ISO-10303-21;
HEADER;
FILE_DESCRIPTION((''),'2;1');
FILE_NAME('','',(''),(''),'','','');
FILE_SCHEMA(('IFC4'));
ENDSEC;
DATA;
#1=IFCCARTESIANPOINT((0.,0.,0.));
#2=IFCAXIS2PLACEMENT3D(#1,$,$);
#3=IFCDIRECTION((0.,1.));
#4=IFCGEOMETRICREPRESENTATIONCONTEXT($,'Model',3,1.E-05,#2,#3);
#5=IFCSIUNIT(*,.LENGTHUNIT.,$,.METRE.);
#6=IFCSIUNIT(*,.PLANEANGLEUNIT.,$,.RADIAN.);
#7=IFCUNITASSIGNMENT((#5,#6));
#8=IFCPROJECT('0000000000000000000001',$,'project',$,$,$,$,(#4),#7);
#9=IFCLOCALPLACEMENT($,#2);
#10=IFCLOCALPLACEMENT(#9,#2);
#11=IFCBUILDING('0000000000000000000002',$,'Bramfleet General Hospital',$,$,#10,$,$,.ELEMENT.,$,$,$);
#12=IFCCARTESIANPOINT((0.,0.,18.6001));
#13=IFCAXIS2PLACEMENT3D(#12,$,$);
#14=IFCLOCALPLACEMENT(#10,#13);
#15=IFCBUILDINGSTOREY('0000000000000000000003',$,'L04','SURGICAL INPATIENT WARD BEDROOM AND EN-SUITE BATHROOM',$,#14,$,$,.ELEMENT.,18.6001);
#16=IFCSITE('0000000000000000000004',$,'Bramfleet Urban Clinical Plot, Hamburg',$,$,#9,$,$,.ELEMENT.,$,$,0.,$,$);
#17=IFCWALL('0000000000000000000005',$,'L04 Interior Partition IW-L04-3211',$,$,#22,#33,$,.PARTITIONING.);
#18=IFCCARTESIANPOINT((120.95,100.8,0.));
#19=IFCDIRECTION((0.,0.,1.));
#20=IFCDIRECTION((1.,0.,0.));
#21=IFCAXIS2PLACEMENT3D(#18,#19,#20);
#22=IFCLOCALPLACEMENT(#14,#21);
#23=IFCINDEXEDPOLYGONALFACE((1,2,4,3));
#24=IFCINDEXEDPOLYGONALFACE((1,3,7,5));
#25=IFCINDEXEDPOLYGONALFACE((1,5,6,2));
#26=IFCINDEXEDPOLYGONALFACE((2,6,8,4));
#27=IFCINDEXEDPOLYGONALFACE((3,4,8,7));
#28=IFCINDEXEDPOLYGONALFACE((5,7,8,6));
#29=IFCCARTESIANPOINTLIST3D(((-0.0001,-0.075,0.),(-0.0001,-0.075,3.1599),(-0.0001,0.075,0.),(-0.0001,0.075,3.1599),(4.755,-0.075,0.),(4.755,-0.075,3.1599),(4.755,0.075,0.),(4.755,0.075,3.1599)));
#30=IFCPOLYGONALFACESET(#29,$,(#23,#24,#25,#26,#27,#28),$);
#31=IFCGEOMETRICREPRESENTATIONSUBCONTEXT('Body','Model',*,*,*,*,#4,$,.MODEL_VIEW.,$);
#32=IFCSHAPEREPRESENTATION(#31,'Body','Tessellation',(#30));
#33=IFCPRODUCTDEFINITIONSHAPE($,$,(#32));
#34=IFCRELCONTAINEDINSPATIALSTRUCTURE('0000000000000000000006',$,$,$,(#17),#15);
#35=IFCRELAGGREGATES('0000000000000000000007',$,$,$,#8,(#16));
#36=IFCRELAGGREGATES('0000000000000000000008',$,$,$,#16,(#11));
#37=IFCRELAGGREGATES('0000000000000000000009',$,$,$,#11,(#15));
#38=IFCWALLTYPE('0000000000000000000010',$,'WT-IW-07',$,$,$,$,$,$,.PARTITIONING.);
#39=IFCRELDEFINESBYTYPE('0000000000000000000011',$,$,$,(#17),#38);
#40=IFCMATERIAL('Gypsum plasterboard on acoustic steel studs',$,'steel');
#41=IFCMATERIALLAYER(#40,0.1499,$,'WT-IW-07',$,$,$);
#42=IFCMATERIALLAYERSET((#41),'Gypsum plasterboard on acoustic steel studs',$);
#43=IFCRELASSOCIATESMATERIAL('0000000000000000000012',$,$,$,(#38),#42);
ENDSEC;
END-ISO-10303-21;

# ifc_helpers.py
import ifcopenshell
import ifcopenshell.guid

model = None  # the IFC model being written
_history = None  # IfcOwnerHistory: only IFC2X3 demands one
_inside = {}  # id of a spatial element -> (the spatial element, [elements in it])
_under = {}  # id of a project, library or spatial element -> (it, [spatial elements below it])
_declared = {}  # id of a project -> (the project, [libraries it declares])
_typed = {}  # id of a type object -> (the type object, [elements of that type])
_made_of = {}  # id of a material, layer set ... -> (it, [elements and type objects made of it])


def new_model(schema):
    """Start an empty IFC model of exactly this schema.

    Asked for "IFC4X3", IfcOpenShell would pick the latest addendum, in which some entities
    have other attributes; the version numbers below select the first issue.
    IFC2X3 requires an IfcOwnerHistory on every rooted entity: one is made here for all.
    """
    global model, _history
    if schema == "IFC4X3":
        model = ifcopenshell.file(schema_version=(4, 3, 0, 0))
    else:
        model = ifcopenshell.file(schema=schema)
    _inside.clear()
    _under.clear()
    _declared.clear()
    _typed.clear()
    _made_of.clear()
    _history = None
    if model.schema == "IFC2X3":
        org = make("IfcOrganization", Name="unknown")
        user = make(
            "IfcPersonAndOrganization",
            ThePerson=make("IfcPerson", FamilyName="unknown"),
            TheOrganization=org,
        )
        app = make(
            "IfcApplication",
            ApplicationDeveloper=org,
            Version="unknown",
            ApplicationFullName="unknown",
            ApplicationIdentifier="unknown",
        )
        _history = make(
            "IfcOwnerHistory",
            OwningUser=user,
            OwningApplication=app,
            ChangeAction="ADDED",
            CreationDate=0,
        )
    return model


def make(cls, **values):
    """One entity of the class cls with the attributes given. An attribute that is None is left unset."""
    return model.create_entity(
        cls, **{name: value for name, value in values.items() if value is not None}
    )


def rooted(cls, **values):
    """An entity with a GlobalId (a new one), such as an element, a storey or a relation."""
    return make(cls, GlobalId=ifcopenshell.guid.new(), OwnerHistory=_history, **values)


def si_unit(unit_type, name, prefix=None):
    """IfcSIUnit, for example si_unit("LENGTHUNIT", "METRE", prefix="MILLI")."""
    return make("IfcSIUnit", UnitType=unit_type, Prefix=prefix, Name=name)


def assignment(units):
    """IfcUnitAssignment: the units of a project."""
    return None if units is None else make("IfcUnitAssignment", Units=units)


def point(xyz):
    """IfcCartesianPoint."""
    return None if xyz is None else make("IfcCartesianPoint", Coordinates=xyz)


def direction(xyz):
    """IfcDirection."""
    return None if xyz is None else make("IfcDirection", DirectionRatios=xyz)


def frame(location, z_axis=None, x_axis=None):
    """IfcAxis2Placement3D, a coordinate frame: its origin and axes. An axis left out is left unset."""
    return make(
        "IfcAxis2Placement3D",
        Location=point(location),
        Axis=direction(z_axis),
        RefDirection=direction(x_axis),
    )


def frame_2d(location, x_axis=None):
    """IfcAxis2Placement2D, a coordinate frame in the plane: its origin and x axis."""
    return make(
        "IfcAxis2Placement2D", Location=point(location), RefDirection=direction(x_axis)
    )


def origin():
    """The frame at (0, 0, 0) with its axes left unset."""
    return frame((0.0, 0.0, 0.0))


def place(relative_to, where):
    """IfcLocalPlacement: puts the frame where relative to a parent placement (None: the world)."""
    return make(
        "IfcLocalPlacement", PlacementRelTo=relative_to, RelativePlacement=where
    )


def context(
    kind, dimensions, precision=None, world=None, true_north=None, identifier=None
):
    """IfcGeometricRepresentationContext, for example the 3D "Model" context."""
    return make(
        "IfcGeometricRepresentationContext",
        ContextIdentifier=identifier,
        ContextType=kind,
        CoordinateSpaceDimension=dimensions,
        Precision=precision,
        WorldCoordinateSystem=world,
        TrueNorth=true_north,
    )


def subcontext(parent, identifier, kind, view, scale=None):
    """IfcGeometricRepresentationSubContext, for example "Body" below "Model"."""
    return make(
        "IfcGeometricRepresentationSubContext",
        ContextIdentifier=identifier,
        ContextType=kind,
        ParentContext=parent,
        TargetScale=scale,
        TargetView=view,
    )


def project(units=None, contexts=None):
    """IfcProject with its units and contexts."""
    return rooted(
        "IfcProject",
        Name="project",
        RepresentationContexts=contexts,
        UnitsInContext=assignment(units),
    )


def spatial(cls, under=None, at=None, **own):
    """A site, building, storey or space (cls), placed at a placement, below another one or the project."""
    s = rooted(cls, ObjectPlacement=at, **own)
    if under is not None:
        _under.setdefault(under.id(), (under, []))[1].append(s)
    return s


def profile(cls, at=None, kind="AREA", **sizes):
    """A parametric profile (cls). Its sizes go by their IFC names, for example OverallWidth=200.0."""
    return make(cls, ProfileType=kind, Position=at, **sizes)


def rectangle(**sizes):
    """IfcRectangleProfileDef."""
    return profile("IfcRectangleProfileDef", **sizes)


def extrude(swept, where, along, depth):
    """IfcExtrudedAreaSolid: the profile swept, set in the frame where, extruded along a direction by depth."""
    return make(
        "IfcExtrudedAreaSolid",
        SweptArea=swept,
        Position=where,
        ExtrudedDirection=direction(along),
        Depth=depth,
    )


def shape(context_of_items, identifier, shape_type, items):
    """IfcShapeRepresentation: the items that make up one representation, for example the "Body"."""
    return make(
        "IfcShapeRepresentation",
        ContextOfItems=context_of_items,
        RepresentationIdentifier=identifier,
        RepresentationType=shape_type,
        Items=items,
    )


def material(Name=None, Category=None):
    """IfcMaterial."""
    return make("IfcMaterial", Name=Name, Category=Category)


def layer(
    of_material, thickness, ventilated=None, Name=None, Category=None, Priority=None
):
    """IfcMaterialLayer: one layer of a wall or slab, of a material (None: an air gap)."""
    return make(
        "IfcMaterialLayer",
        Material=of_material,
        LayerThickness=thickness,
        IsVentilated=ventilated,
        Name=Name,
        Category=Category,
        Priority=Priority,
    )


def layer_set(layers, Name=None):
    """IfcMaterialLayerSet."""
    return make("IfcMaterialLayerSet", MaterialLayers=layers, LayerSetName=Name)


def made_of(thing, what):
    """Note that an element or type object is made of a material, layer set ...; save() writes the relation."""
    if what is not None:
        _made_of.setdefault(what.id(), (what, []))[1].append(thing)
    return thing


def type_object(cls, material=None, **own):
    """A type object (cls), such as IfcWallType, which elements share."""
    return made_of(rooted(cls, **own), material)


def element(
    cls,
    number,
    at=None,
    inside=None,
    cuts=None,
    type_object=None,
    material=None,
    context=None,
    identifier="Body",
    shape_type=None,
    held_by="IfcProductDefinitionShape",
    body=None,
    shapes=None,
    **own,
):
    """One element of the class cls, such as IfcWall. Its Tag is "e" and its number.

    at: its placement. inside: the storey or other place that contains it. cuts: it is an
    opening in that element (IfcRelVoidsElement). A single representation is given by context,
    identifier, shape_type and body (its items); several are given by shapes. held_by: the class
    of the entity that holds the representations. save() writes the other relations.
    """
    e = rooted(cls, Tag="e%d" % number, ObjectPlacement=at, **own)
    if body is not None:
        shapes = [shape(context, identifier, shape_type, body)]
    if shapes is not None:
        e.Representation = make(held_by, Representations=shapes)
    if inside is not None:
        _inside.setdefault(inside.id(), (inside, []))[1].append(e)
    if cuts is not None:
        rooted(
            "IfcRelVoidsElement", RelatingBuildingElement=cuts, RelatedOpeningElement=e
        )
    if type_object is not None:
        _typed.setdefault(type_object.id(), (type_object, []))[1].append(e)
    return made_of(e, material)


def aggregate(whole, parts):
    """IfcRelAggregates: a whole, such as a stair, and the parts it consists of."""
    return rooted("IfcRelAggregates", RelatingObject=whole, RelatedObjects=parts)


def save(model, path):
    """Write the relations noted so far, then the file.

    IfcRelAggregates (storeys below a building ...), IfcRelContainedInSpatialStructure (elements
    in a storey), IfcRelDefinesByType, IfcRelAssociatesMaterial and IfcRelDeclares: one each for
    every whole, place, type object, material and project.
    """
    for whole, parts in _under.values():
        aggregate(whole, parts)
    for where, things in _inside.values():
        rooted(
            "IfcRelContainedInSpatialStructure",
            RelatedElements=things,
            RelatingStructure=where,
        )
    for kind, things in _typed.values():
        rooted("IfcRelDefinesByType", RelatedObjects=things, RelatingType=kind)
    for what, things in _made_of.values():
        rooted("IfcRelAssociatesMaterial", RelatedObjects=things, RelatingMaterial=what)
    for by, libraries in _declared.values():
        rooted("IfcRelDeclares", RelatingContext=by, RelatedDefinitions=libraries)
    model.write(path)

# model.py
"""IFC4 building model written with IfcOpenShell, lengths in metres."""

from ifc_helpers import new_model, si_unit, direction, frame, frame_2d, origin, place, context, subcontext, project, spatial, rectangle, extrude, material, layer, layer_set, type_object, element, save


model = new_model("IFC4")

# Units and contexts
model_context = context("Model", 3, precision=1e-05, world=origin(), true_north=direction((0.0, 1.0)))
body_context = subcontext(model_context, "Body", "Model", "MODEL_VIEW")
ifc_project = project(units=[si_unit("LENGTHUNIT", "METRE"), si_unit("PLANEANGLEUNIT", "RADIAN")], contexts=[model_context])

# Site, building, storey
site_placement = place(None, origin())
site = spatial("IfcSite", under=ifc_project, at=site_placement, Name="Bramfleet Urban Clinical Plot, Hamburg", CompositionType="ELEMENT", RefElevation=0.0)
building_placement = place(site_placement, origin())
building = spatial("IfcBuilding", under=site, at=building_placement, Name="Bramfleet General Hospital", CompositionType="ELEMENT")
storey_placement = place(building_placement, frame((0.0, 0.0, 18.6001)))
storey = spatial("IfcBuildingStorey", under=building, at=storey_placement, Name="L04", Description="SURGICAL INPATIENT WARD BEDROOM AND EN-SUITE BATHROOM", CompositionType="ELEMENT", Elevation=18.6001)

# Wall
ifc_material_1 = material(Name="Gypsum plasterboard on acoustic steel studs", Category="steel")
ifc_layer_1 = layer(ifc_material_1, 0.1499, Name="WT-IW-07")
ifc_layer_set_1 = layer_set([ifc_layer_1], Name="Gypsum plasterboard on acoustic steel studs")
wall_type_1 = type_object("IfcWallType", Name="WT-IW-07", PredefinedType="PARTITIONING", material=ifc_layer_set_1)
wall_1_placement = place(storey_placement, frame((120.95, 100.8, 0.0), z_axis=(0.0, 0.0, 1.0), x_axis=(1.0, 0.0, 0.0)))
element("IfcWall", 1, at=wall_1_placement, inside=storey, type_object=wall_type_1, Name="L04 Interior Partition IW-L04-3211", PredefinedType="PARTITIONING", context=body_context, shape_type="SweptSolid", body=[
    extrude(rectangle(XDim=4.7551, YDim=0.1499, at=frame_2d((2.3774, 0.0))), origin(), (0.0, 0.0, 1.0), 3.1599),
])

save(model, "model.ifc")
